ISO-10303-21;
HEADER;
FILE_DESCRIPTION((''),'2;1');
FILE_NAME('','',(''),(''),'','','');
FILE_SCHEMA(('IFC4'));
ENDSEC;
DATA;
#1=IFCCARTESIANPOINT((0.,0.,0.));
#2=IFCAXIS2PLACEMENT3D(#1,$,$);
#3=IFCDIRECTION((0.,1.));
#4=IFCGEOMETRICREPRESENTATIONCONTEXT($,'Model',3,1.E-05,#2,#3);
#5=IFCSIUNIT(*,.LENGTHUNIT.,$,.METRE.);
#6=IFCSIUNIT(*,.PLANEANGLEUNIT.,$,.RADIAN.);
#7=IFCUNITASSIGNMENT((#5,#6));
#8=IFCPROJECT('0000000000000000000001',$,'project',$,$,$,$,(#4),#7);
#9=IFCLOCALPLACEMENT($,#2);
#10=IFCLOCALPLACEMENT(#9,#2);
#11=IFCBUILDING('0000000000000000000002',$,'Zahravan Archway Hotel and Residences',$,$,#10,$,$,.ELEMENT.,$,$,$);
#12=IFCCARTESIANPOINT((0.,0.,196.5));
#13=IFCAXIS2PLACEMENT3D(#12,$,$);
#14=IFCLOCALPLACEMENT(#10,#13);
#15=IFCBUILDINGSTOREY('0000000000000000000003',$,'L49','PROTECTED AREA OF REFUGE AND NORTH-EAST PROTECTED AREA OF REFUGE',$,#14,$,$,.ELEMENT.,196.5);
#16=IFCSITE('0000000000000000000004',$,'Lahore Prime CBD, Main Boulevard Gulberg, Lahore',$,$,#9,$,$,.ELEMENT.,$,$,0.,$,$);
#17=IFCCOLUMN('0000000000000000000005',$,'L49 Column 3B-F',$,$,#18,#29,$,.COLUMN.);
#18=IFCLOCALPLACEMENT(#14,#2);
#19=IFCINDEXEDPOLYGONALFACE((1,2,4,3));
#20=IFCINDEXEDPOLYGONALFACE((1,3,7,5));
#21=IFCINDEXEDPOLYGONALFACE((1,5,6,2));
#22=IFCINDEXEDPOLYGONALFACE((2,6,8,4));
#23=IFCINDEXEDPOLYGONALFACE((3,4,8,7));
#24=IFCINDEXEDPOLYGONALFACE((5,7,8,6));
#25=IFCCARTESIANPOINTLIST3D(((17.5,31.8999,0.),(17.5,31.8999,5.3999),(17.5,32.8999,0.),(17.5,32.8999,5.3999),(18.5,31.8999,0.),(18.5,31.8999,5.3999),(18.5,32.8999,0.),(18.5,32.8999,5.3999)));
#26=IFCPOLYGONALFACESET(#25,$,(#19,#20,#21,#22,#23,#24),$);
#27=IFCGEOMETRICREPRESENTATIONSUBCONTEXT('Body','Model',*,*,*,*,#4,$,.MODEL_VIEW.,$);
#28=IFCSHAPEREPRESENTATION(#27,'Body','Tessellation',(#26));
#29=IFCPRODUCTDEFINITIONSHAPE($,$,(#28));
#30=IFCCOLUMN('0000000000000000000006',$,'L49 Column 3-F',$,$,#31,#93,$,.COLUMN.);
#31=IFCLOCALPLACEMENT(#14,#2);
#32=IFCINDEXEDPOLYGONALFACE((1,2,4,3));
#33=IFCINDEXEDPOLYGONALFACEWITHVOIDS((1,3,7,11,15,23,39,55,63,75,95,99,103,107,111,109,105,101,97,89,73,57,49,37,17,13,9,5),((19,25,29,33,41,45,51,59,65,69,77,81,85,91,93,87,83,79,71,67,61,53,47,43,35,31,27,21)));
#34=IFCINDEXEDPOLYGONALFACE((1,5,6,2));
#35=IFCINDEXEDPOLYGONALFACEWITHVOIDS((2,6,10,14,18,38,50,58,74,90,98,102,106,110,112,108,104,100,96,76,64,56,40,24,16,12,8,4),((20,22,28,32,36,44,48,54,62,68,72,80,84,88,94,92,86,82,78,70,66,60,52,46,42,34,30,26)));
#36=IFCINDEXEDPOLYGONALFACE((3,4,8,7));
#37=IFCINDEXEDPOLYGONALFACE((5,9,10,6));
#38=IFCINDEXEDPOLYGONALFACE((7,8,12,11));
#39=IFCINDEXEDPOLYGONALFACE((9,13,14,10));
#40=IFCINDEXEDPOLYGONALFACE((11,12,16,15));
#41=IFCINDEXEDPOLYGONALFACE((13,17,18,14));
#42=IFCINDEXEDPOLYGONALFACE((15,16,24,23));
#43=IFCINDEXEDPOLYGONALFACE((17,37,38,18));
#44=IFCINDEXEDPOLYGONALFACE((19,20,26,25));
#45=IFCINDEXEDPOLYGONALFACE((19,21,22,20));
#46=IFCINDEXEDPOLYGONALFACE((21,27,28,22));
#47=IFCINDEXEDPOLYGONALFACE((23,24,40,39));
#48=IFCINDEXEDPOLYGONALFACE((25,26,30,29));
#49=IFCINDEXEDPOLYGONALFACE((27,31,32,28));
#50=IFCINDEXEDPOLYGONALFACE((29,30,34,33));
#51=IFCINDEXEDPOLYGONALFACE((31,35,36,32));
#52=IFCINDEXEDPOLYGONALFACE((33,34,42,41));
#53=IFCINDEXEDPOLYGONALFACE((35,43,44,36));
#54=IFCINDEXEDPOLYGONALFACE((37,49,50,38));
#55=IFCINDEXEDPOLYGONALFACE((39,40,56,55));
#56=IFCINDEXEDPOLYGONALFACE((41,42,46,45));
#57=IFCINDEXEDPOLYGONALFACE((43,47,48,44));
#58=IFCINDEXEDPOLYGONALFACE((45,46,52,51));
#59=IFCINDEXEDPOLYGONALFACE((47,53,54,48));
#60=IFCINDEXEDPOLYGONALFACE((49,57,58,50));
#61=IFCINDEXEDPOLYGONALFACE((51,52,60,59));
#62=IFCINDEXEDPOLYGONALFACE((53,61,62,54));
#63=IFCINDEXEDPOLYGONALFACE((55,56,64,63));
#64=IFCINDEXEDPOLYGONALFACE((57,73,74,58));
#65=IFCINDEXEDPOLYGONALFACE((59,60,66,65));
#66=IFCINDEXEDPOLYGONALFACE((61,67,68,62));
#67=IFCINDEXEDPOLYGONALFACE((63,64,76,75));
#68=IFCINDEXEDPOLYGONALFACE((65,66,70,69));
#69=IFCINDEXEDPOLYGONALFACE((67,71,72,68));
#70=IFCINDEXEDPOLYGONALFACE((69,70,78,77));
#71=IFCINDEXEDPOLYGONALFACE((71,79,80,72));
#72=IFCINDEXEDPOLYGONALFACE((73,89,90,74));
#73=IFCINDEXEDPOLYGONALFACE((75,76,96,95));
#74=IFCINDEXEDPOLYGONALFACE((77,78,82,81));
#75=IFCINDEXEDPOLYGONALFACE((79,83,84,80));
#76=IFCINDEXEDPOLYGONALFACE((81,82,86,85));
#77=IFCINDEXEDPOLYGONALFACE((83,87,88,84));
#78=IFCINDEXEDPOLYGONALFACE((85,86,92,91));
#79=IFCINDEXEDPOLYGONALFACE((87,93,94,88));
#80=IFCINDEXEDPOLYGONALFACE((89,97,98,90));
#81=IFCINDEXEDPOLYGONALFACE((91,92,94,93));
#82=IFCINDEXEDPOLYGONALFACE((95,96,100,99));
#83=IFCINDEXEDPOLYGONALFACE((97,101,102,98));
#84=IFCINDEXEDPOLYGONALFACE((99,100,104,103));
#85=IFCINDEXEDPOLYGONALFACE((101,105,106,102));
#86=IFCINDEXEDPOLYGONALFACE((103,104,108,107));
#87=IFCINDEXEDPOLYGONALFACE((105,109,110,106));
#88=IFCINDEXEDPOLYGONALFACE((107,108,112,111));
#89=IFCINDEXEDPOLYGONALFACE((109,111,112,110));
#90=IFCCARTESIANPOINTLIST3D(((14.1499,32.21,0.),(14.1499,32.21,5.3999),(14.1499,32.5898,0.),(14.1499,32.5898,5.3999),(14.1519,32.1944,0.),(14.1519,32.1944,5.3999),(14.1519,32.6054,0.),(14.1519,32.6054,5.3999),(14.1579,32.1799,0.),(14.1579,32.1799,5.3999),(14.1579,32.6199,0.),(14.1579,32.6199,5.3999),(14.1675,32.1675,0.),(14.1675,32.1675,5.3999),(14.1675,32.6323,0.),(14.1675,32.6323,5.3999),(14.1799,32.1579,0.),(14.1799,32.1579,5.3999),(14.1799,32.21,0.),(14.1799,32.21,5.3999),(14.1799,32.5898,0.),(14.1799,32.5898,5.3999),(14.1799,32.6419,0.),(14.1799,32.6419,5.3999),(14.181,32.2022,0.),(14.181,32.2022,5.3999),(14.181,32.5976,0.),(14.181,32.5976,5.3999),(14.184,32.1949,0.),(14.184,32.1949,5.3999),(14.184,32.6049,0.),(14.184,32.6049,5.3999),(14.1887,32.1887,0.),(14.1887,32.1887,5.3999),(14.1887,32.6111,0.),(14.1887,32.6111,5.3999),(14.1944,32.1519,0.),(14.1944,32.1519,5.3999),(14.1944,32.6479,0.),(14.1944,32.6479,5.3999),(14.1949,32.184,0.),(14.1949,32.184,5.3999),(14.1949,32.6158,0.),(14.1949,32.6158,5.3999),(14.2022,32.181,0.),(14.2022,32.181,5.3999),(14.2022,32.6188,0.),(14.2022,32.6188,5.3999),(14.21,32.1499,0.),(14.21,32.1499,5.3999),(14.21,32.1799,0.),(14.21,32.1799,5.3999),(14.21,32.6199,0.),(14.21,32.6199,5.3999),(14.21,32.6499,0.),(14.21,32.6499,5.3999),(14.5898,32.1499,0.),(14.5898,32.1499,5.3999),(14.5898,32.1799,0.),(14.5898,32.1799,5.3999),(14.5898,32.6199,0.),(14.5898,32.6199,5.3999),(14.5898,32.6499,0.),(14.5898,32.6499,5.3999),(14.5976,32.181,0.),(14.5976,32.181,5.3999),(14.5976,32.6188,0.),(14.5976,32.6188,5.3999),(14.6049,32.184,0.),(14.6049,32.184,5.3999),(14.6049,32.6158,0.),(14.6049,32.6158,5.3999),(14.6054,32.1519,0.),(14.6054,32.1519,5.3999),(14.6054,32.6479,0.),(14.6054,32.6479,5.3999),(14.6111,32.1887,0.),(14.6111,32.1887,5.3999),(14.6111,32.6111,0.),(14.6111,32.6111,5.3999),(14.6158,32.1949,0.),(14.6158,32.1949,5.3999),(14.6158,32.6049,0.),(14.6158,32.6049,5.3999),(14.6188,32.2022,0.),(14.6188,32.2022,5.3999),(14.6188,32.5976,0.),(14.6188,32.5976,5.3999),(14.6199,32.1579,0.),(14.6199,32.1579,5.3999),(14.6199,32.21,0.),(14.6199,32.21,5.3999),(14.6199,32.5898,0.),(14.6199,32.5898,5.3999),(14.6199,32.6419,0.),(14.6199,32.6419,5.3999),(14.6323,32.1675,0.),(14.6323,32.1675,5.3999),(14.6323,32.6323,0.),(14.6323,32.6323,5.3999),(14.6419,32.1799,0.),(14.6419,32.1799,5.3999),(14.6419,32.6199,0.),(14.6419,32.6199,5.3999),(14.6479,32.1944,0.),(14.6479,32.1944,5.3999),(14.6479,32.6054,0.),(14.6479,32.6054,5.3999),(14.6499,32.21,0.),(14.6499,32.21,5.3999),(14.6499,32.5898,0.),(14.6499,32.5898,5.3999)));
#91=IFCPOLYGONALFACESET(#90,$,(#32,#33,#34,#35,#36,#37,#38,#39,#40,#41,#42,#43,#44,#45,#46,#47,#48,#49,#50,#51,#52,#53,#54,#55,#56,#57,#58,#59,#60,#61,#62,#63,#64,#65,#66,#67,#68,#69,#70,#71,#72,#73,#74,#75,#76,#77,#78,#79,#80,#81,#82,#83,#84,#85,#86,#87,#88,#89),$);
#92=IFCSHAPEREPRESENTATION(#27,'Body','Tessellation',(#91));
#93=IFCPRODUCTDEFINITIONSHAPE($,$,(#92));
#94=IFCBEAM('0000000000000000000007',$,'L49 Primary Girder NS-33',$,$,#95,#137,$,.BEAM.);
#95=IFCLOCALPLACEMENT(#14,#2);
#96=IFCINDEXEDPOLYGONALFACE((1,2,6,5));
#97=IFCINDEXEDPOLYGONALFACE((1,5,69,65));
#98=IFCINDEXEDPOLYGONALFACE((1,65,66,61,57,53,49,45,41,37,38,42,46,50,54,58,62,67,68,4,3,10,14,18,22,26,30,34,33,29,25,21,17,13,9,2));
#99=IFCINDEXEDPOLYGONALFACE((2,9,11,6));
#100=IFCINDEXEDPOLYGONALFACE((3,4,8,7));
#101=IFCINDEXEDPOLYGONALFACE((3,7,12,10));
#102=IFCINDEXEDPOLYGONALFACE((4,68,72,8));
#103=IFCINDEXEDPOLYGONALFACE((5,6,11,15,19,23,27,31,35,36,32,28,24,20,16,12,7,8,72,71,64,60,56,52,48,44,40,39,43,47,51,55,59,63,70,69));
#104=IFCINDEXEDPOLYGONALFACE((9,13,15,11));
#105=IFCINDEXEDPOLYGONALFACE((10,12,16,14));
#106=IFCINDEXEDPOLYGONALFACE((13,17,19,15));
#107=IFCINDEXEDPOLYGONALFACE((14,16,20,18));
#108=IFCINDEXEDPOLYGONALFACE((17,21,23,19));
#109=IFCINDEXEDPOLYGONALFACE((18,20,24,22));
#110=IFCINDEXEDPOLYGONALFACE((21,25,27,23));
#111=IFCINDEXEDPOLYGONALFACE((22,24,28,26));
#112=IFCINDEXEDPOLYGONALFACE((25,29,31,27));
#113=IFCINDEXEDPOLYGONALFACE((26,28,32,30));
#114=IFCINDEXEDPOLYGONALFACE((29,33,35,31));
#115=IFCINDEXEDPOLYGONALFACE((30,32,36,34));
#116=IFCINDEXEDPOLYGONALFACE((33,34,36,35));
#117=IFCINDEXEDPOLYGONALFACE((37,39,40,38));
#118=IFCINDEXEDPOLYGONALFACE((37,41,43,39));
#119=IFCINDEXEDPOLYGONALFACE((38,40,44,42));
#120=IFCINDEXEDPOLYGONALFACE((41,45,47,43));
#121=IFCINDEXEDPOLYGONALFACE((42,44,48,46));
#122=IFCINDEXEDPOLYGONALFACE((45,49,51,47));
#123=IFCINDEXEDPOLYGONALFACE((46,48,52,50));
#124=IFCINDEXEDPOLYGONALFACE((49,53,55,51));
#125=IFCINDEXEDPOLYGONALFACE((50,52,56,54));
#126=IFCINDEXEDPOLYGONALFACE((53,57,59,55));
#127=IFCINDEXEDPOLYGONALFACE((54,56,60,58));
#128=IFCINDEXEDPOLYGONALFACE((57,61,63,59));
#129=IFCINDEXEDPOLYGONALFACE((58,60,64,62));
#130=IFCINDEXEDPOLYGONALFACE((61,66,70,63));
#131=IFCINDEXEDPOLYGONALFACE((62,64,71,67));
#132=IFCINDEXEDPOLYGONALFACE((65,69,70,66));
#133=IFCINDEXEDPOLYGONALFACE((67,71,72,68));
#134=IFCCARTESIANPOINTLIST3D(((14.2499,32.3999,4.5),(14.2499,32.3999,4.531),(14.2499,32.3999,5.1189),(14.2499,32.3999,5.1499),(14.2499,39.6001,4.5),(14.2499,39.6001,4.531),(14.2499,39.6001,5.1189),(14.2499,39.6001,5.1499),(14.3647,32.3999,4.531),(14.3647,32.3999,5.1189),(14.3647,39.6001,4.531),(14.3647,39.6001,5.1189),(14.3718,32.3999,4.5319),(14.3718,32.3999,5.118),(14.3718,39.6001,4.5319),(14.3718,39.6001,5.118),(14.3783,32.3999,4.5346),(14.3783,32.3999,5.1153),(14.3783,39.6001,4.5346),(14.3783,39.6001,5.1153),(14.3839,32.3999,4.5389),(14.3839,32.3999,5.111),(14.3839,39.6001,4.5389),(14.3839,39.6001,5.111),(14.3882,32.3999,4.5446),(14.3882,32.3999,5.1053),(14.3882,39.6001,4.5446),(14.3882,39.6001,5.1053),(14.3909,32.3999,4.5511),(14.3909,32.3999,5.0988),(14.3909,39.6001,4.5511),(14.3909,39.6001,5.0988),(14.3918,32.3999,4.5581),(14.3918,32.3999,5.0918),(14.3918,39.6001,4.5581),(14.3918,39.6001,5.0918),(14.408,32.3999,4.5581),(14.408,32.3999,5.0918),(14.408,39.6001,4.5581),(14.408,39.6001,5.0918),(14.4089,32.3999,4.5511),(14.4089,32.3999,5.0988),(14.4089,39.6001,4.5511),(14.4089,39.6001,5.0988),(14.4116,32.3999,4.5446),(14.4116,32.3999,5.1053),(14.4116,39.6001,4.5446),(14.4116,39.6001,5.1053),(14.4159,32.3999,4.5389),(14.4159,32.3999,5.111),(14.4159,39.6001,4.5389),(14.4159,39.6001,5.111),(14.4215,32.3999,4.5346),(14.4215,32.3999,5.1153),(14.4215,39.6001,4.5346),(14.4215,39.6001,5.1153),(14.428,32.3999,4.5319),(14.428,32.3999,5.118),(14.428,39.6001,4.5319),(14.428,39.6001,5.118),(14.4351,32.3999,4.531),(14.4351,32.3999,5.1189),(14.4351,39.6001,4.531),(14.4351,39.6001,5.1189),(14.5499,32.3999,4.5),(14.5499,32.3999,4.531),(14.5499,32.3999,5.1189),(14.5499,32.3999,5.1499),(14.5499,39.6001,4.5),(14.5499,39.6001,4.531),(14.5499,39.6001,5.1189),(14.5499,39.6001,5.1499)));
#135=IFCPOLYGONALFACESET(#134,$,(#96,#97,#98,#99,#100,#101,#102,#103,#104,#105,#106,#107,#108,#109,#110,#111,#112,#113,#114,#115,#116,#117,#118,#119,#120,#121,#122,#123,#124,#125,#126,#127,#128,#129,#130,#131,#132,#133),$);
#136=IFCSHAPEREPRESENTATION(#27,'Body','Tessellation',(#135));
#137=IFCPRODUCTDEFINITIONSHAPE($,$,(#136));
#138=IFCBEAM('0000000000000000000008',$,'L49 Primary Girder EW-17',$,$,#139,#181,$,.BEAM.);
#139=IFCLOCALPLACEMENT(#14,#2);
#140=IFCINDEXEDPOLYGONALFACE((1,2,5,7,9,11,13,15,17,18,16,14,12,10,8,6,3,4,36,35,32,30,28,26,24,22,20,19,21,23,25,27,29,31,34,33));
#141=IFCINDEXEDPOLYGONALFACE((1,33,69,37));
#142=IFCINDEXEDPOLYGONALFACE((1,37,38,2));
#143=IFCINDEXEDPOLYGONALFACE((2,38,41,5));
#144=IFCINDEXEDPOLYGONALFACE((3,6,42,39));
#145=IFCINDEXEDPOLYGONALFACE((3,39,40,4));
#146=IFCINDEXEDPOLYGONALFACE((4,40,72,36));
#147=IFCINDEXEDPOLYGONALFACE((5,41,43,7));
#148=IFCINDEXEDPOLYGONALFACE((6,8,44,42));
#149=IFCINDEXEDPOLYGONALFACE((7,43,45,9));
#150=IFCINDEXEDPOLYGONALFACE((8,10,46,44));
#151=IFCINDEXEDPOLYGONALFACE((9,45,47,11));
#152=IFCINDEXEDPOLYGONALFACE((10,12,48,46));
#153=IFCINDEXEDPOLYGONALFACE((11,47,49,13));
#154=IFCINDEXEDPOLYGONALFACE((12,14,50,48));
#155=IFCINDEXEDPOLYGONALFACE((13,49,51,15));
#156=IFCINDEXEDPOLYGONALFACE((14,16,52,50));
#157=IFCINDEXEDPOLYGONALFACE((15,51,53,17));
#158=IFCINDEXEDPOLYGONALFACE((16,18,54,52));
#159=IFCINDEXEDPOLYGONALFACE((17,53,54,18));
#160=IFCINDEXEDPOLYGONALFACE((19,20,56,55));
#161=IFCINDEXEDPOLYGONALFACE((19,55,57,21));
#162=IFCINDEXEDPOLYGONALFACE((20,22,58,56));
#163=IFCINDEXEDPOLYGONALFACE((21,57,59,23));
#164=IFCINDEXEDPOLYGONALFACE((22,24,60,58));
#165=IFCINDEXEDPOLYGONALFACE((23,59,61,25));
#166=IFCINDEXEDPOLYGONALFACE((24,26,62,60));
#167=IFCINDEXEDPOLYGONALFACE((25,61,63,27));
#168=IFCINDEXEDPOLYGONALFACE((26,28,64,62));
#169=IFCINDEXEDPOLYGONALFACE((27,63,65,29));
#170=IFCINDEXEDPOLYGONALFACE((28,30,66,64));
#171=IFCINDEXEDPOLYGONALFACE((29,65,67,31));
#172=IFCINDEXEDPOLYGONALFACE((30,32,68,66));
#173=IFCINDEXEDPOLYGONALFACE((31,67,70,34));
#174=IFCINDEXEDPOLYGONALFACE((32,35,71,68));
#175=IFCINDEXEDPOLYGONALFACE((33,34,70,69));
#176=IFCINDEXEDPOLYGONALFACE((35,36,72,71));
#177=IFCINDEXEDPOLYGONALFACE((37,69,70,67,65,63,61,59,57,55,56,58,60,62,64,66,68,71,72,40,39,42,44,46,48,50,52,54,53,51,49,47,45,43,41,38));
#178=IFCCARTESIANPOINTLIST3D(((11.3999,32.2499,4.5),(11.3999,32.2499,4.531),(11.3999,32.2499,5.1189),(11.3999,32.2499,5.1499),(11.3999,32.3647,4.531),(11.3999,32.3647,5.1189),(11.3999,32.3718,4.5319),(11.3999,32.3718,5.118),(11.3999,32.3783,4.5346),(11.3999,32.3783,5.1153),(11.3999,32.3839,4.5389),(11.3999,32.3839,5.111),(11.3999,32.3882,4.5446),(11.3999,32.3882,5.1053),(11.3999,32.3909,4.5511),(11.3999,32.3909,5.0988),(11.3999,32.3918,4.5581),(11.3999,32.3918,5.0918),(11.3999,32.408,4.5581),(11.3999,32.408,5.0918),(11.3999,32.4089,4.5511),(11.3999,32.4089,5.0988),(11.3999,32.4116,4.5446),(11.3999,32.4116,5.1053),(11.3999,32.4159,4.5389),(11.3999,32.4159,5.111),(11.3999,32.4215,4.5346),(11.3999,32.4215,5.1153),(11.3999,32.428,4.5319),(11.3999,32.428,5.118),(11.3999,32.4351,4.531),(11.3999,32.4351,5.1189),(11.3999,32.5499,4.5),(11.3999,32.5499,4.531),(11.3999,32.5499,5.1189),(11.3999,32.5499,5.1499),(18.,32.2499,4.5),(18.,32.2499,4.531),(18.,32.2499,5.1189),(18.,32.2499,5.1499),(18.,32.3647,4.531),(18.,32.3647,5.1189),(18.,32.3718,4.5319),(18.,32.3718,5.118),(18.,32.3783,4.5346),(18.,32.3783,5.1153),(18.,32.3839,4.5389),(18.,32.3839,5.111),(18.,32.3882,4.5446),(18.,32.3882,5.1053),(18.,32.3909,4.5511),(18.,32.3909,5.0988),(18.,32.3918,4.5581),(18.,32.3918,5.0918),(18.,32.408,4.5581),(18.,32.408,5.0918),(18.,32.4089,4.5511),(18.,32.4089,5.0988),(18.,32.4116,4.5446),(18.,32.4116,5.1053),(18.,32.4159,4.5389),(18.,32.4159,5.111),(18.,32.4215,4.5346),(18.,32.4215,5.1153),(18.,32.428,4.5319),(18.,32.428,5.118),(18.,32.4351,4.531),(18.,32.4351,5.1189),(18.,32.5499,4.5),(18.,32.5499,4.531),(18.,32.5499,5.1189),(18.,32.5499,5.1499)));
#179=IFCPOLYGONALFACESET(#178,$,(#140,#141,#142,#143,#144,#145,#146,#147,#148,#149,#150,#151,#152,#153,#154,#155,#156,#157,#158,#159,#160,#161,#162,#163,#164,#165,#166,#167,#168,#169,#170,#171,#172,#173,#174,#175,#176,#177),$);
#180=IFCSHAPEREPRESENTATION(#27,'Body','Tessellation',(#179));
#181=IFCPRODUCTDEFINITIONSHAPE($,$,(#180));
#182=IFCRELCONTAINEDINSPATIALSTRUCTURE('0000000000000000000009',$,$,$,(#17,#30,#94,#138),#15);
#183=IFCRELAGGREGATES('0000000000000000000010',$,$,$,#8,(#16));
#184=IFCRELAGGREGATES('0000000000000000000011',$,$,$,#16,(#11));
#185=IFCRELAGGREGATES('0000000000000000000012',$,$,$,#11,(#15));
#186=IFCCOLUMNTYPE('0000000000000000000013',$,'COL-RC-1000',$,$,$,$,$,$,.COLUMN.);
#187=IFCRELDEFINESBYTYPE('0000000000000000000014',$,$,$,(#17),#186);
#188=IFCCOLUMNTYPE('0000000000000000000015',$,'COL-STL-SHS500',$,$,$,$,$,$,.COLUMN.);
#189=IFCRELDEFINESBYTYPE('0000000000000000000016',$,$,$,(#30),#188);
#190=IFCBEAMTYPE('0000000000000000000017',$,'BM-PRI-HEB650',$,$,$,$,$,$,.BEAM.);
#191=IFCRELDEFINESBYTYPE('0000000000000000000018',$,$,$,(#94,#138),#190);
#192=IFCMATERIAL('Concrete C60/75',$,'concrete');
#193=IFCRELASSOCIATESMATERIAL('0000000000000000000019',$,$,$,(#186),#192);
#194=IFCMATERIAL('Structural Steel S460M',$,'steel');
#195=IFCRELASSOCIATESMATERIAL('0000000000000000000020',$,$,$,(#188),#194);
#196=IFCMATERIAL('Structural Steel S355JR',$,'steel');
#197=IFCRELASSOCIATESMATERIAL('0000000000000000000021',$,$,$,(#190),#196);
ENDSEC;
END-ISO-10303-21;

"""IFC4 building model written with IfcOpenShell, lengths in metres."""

from ifc_helpers import new_model, si_unit, direction, frame, origin, origin_2d, place, context, subcontext, project, spatial, rectangle, hollow_rectangle, i_section, extrude, source, transform, mapped, material, material_profile, profile_set, type_object, type_shapes, element, save


model = new_model("IFC4")

# Units and contexts
model_context = context("Model", 3, precision=1e-05, world=origin(), true_north=direction((0.0, 1.0)))
body_context = subcontext(model_context, "Body", "Model", "MODEL_VIEW")
ifc_project = project(units=[si_unit("LENGTHUNIT", "METRE"), si_unit("PLANEANGLEUNIT", "RADIAN")], contexts=[model_context])

# Site, building, storey
site_placement = place(None, origin())
site = spatial("IfcSite", under=ifc_project, at=site_placement, Name="Lahore Prime CBD, Main Boulevard Gulberg, Lahore", CompositionType="ELEMENT", RefElevation=0.0)
building_placement = place(site_placement, origin())
building = spatial("IfcBuilding", under=site, at=building_placement, Name="Zahravan Archway Hotel and Residences", CompositionType="ELEMENT")
storey_placement = place(building_placement, frame((0.0, 0.0, 196.5)))
storey = spatial("IfcBuildingStorey", under=building, at=storey_placement, Name="L49", Description="PROTECTED AREA OF REFUGE AND NORTH-EAST PROTECTED AREA OF REFUGE", CompositionType="ELEMENT", Elevation=196.5)

# Columns
ifc_material_1 = material(Name="Concrete C60/75", Category="concrete")
ifc_material_profile_1 = material_profile(ifc_material_1, rectangle(XDim=1.0, YDim=1.0, at=origin_2d()), Name="RC-COL-1000x1000", Category="concrete")
ifc_profile_set_1 = profile_set([ifc_material_profile_1], Name="Concrete C60/75")
column_type_1 = type_object("IfcColumnType", Name="COL-RC-1000", PredefinedType="COLUMN", material=ifc_profile_set_1)
shared_shape_1 = source(origin(), body_context, "Body", "SweptSolid", [
    extrude(rectangle(XDim=1.0, YDim=1.0, at=origin_2d()), origin(), (0.0, 0.0, 1.0), 5.3999),
])
column_1_placement = place(storey_placement, frame((18.0, 32.3999, 0.0), z_axis=(0.0, 0.0, 1.0), x_axis=(1.0, 0.0, 0.0)))
element("IfcColumn", 1, at=column_1_placement, inside=storey, type_object=column_type_1, Name="L49 Column 3B-F", PredefinedType="COLUMN", context=body_context, shape_type="MappedRepresentation", body=[
    mapped(shared_shape_1, transform((0.0, 0.0, 0.0), scale=1.0)),
])
ifc_material_2 = material(Name="Structural Steel S460M", Category="steel")
ifc_material_profile_2 = material_profile(ifc_material_2, hollow_rectangle(XDim=0.5, YDim=0.5, WallThickness=0.03, InnerFilletRadius=0.03, OuterFilletRadius=0.0601, at=origin_2d()), Name="SHS 500x500x30", Category="steel")
ifc_profile_set_2 = profile_set([ifc_material_profile_2], Name="Structural Steel S460M")
column_type_2 = type_object("IfcColumnType", Name="COL-STL-SHS500", PredefinedType="COLUMN", material=ifc_profile_set_2)
shared_shape_2 = source(origin(), body_context, "Body", "SweptSolid", [
    extrude(hollow_rectangle(XDim=0.5, YDim=0.5, WallThickness=0.03, InnerFilletRadius=0.03, OuterFilletRadius=0.0601, at=origin_2d()), origin(), (0.0, 0.0, 1.0), 5.3999),
])
type_shapes(column_type_2, [shared_shape_2])
column_2_placement = place(storey_placement, frame((14.3999, 32.3999, 0.0), z_axis=(0.0, 0.0, 1.0), x_axis=(1.0, 0.0, 0.0)))
element("IfcColumn", 2, at=column_2_placement, inside=storey, type_object=column_type_2, Name="L49 Column 3-F", PredefinedType="COLUMN", context=body_context, shape_type="MappedRepresentation", body=[
    mapped(shared_shape_2, transform((0.0, 0.0, 0.0), scale=1.0)),
])

# Beams
ifc_material_3 = material(Name="Structural Steel S355JR", Category="steel")
ifc_material_profile_3 = material_profile(ifc_material_3, i_section(OverallWidth=0.3, OverallDepth=0.6499, WebThickness=0.0161, FlangeThickness=0.031, FilletRadius=0.0271, at=origin_2d()), Name="HEB 650", Category="steel")
ifc_profile_set_3 = profile_set([ifc_material_profile_3], Name="Structural Steel S355JR")
beam_type_1 = type_object("IfcBeamType", Name="BM-PRI-HEB650", PredefinedType="BEAM", material=ifc_profile_set_3)
shared_shape_3 = source(origin(), body_context, "Body", "SweptSolid", [
    extrude(i_section(OverallWidth=0.3, OverallDepth=0.6499, WebThickness=0.0161, FlangeThickness=0.031, FilletRadius=0.0271, at=origin_2d()), origin(), (0.0, 0.0, 1.0), 7.2002),
])
type_shapes(beam_type_1, [shared_shape_3])
beam_1_placement = place(storey_placement, frame((14.3999, 32.3999, 4.825), z_axis=(0.0, 1.0, 0.0), x_axis=(-1.0, 0.0, 0.0)))
element("IfcBeam", 3, at=beam_1_placement, inside=storey, type_object=beam_type_1, Name="L49 Primary Girder NS-33", PredefinedType="BEAM", context=body_context, shape_type="MappedRepresentation", body=[
    mapped(shared_shape_3, transform((0.0, 0.0, 0.0), scale=1.0)),
])
shared_shape_4 = source(origin(), body_context, "Body", "SweptSolid", [
    extrude(i_section(OverallWidth=0.3, OverallDepth=0.6499, WebThickness=0.0161, FlangeThickness=0.031, FilletRadius=0.0271, at=origin_2d()), origin(), (0.0, 0.0, 1.0), 6.6001),
])
beam_2_placement = place(storey_placement, frame((11.3999, 32.3999, 4.825), z_axis=(1.0, 0.0, 0.0), x_axis=(0.0, 1.0, 0.0)))
element("IfcBeam", 4, at=beam_2_placement, inside=storey, type_object=beam_type_1, Name="L49 Primary Girder EW-17", PredefinedType="BEAM", context=body_context, shape_type="MappedRepresentation", body=[
    mapped(shared_shape_4, transform((0.0, 0.0, 0.0), scale=1.0)),
])

save(model, "model.ifc")
